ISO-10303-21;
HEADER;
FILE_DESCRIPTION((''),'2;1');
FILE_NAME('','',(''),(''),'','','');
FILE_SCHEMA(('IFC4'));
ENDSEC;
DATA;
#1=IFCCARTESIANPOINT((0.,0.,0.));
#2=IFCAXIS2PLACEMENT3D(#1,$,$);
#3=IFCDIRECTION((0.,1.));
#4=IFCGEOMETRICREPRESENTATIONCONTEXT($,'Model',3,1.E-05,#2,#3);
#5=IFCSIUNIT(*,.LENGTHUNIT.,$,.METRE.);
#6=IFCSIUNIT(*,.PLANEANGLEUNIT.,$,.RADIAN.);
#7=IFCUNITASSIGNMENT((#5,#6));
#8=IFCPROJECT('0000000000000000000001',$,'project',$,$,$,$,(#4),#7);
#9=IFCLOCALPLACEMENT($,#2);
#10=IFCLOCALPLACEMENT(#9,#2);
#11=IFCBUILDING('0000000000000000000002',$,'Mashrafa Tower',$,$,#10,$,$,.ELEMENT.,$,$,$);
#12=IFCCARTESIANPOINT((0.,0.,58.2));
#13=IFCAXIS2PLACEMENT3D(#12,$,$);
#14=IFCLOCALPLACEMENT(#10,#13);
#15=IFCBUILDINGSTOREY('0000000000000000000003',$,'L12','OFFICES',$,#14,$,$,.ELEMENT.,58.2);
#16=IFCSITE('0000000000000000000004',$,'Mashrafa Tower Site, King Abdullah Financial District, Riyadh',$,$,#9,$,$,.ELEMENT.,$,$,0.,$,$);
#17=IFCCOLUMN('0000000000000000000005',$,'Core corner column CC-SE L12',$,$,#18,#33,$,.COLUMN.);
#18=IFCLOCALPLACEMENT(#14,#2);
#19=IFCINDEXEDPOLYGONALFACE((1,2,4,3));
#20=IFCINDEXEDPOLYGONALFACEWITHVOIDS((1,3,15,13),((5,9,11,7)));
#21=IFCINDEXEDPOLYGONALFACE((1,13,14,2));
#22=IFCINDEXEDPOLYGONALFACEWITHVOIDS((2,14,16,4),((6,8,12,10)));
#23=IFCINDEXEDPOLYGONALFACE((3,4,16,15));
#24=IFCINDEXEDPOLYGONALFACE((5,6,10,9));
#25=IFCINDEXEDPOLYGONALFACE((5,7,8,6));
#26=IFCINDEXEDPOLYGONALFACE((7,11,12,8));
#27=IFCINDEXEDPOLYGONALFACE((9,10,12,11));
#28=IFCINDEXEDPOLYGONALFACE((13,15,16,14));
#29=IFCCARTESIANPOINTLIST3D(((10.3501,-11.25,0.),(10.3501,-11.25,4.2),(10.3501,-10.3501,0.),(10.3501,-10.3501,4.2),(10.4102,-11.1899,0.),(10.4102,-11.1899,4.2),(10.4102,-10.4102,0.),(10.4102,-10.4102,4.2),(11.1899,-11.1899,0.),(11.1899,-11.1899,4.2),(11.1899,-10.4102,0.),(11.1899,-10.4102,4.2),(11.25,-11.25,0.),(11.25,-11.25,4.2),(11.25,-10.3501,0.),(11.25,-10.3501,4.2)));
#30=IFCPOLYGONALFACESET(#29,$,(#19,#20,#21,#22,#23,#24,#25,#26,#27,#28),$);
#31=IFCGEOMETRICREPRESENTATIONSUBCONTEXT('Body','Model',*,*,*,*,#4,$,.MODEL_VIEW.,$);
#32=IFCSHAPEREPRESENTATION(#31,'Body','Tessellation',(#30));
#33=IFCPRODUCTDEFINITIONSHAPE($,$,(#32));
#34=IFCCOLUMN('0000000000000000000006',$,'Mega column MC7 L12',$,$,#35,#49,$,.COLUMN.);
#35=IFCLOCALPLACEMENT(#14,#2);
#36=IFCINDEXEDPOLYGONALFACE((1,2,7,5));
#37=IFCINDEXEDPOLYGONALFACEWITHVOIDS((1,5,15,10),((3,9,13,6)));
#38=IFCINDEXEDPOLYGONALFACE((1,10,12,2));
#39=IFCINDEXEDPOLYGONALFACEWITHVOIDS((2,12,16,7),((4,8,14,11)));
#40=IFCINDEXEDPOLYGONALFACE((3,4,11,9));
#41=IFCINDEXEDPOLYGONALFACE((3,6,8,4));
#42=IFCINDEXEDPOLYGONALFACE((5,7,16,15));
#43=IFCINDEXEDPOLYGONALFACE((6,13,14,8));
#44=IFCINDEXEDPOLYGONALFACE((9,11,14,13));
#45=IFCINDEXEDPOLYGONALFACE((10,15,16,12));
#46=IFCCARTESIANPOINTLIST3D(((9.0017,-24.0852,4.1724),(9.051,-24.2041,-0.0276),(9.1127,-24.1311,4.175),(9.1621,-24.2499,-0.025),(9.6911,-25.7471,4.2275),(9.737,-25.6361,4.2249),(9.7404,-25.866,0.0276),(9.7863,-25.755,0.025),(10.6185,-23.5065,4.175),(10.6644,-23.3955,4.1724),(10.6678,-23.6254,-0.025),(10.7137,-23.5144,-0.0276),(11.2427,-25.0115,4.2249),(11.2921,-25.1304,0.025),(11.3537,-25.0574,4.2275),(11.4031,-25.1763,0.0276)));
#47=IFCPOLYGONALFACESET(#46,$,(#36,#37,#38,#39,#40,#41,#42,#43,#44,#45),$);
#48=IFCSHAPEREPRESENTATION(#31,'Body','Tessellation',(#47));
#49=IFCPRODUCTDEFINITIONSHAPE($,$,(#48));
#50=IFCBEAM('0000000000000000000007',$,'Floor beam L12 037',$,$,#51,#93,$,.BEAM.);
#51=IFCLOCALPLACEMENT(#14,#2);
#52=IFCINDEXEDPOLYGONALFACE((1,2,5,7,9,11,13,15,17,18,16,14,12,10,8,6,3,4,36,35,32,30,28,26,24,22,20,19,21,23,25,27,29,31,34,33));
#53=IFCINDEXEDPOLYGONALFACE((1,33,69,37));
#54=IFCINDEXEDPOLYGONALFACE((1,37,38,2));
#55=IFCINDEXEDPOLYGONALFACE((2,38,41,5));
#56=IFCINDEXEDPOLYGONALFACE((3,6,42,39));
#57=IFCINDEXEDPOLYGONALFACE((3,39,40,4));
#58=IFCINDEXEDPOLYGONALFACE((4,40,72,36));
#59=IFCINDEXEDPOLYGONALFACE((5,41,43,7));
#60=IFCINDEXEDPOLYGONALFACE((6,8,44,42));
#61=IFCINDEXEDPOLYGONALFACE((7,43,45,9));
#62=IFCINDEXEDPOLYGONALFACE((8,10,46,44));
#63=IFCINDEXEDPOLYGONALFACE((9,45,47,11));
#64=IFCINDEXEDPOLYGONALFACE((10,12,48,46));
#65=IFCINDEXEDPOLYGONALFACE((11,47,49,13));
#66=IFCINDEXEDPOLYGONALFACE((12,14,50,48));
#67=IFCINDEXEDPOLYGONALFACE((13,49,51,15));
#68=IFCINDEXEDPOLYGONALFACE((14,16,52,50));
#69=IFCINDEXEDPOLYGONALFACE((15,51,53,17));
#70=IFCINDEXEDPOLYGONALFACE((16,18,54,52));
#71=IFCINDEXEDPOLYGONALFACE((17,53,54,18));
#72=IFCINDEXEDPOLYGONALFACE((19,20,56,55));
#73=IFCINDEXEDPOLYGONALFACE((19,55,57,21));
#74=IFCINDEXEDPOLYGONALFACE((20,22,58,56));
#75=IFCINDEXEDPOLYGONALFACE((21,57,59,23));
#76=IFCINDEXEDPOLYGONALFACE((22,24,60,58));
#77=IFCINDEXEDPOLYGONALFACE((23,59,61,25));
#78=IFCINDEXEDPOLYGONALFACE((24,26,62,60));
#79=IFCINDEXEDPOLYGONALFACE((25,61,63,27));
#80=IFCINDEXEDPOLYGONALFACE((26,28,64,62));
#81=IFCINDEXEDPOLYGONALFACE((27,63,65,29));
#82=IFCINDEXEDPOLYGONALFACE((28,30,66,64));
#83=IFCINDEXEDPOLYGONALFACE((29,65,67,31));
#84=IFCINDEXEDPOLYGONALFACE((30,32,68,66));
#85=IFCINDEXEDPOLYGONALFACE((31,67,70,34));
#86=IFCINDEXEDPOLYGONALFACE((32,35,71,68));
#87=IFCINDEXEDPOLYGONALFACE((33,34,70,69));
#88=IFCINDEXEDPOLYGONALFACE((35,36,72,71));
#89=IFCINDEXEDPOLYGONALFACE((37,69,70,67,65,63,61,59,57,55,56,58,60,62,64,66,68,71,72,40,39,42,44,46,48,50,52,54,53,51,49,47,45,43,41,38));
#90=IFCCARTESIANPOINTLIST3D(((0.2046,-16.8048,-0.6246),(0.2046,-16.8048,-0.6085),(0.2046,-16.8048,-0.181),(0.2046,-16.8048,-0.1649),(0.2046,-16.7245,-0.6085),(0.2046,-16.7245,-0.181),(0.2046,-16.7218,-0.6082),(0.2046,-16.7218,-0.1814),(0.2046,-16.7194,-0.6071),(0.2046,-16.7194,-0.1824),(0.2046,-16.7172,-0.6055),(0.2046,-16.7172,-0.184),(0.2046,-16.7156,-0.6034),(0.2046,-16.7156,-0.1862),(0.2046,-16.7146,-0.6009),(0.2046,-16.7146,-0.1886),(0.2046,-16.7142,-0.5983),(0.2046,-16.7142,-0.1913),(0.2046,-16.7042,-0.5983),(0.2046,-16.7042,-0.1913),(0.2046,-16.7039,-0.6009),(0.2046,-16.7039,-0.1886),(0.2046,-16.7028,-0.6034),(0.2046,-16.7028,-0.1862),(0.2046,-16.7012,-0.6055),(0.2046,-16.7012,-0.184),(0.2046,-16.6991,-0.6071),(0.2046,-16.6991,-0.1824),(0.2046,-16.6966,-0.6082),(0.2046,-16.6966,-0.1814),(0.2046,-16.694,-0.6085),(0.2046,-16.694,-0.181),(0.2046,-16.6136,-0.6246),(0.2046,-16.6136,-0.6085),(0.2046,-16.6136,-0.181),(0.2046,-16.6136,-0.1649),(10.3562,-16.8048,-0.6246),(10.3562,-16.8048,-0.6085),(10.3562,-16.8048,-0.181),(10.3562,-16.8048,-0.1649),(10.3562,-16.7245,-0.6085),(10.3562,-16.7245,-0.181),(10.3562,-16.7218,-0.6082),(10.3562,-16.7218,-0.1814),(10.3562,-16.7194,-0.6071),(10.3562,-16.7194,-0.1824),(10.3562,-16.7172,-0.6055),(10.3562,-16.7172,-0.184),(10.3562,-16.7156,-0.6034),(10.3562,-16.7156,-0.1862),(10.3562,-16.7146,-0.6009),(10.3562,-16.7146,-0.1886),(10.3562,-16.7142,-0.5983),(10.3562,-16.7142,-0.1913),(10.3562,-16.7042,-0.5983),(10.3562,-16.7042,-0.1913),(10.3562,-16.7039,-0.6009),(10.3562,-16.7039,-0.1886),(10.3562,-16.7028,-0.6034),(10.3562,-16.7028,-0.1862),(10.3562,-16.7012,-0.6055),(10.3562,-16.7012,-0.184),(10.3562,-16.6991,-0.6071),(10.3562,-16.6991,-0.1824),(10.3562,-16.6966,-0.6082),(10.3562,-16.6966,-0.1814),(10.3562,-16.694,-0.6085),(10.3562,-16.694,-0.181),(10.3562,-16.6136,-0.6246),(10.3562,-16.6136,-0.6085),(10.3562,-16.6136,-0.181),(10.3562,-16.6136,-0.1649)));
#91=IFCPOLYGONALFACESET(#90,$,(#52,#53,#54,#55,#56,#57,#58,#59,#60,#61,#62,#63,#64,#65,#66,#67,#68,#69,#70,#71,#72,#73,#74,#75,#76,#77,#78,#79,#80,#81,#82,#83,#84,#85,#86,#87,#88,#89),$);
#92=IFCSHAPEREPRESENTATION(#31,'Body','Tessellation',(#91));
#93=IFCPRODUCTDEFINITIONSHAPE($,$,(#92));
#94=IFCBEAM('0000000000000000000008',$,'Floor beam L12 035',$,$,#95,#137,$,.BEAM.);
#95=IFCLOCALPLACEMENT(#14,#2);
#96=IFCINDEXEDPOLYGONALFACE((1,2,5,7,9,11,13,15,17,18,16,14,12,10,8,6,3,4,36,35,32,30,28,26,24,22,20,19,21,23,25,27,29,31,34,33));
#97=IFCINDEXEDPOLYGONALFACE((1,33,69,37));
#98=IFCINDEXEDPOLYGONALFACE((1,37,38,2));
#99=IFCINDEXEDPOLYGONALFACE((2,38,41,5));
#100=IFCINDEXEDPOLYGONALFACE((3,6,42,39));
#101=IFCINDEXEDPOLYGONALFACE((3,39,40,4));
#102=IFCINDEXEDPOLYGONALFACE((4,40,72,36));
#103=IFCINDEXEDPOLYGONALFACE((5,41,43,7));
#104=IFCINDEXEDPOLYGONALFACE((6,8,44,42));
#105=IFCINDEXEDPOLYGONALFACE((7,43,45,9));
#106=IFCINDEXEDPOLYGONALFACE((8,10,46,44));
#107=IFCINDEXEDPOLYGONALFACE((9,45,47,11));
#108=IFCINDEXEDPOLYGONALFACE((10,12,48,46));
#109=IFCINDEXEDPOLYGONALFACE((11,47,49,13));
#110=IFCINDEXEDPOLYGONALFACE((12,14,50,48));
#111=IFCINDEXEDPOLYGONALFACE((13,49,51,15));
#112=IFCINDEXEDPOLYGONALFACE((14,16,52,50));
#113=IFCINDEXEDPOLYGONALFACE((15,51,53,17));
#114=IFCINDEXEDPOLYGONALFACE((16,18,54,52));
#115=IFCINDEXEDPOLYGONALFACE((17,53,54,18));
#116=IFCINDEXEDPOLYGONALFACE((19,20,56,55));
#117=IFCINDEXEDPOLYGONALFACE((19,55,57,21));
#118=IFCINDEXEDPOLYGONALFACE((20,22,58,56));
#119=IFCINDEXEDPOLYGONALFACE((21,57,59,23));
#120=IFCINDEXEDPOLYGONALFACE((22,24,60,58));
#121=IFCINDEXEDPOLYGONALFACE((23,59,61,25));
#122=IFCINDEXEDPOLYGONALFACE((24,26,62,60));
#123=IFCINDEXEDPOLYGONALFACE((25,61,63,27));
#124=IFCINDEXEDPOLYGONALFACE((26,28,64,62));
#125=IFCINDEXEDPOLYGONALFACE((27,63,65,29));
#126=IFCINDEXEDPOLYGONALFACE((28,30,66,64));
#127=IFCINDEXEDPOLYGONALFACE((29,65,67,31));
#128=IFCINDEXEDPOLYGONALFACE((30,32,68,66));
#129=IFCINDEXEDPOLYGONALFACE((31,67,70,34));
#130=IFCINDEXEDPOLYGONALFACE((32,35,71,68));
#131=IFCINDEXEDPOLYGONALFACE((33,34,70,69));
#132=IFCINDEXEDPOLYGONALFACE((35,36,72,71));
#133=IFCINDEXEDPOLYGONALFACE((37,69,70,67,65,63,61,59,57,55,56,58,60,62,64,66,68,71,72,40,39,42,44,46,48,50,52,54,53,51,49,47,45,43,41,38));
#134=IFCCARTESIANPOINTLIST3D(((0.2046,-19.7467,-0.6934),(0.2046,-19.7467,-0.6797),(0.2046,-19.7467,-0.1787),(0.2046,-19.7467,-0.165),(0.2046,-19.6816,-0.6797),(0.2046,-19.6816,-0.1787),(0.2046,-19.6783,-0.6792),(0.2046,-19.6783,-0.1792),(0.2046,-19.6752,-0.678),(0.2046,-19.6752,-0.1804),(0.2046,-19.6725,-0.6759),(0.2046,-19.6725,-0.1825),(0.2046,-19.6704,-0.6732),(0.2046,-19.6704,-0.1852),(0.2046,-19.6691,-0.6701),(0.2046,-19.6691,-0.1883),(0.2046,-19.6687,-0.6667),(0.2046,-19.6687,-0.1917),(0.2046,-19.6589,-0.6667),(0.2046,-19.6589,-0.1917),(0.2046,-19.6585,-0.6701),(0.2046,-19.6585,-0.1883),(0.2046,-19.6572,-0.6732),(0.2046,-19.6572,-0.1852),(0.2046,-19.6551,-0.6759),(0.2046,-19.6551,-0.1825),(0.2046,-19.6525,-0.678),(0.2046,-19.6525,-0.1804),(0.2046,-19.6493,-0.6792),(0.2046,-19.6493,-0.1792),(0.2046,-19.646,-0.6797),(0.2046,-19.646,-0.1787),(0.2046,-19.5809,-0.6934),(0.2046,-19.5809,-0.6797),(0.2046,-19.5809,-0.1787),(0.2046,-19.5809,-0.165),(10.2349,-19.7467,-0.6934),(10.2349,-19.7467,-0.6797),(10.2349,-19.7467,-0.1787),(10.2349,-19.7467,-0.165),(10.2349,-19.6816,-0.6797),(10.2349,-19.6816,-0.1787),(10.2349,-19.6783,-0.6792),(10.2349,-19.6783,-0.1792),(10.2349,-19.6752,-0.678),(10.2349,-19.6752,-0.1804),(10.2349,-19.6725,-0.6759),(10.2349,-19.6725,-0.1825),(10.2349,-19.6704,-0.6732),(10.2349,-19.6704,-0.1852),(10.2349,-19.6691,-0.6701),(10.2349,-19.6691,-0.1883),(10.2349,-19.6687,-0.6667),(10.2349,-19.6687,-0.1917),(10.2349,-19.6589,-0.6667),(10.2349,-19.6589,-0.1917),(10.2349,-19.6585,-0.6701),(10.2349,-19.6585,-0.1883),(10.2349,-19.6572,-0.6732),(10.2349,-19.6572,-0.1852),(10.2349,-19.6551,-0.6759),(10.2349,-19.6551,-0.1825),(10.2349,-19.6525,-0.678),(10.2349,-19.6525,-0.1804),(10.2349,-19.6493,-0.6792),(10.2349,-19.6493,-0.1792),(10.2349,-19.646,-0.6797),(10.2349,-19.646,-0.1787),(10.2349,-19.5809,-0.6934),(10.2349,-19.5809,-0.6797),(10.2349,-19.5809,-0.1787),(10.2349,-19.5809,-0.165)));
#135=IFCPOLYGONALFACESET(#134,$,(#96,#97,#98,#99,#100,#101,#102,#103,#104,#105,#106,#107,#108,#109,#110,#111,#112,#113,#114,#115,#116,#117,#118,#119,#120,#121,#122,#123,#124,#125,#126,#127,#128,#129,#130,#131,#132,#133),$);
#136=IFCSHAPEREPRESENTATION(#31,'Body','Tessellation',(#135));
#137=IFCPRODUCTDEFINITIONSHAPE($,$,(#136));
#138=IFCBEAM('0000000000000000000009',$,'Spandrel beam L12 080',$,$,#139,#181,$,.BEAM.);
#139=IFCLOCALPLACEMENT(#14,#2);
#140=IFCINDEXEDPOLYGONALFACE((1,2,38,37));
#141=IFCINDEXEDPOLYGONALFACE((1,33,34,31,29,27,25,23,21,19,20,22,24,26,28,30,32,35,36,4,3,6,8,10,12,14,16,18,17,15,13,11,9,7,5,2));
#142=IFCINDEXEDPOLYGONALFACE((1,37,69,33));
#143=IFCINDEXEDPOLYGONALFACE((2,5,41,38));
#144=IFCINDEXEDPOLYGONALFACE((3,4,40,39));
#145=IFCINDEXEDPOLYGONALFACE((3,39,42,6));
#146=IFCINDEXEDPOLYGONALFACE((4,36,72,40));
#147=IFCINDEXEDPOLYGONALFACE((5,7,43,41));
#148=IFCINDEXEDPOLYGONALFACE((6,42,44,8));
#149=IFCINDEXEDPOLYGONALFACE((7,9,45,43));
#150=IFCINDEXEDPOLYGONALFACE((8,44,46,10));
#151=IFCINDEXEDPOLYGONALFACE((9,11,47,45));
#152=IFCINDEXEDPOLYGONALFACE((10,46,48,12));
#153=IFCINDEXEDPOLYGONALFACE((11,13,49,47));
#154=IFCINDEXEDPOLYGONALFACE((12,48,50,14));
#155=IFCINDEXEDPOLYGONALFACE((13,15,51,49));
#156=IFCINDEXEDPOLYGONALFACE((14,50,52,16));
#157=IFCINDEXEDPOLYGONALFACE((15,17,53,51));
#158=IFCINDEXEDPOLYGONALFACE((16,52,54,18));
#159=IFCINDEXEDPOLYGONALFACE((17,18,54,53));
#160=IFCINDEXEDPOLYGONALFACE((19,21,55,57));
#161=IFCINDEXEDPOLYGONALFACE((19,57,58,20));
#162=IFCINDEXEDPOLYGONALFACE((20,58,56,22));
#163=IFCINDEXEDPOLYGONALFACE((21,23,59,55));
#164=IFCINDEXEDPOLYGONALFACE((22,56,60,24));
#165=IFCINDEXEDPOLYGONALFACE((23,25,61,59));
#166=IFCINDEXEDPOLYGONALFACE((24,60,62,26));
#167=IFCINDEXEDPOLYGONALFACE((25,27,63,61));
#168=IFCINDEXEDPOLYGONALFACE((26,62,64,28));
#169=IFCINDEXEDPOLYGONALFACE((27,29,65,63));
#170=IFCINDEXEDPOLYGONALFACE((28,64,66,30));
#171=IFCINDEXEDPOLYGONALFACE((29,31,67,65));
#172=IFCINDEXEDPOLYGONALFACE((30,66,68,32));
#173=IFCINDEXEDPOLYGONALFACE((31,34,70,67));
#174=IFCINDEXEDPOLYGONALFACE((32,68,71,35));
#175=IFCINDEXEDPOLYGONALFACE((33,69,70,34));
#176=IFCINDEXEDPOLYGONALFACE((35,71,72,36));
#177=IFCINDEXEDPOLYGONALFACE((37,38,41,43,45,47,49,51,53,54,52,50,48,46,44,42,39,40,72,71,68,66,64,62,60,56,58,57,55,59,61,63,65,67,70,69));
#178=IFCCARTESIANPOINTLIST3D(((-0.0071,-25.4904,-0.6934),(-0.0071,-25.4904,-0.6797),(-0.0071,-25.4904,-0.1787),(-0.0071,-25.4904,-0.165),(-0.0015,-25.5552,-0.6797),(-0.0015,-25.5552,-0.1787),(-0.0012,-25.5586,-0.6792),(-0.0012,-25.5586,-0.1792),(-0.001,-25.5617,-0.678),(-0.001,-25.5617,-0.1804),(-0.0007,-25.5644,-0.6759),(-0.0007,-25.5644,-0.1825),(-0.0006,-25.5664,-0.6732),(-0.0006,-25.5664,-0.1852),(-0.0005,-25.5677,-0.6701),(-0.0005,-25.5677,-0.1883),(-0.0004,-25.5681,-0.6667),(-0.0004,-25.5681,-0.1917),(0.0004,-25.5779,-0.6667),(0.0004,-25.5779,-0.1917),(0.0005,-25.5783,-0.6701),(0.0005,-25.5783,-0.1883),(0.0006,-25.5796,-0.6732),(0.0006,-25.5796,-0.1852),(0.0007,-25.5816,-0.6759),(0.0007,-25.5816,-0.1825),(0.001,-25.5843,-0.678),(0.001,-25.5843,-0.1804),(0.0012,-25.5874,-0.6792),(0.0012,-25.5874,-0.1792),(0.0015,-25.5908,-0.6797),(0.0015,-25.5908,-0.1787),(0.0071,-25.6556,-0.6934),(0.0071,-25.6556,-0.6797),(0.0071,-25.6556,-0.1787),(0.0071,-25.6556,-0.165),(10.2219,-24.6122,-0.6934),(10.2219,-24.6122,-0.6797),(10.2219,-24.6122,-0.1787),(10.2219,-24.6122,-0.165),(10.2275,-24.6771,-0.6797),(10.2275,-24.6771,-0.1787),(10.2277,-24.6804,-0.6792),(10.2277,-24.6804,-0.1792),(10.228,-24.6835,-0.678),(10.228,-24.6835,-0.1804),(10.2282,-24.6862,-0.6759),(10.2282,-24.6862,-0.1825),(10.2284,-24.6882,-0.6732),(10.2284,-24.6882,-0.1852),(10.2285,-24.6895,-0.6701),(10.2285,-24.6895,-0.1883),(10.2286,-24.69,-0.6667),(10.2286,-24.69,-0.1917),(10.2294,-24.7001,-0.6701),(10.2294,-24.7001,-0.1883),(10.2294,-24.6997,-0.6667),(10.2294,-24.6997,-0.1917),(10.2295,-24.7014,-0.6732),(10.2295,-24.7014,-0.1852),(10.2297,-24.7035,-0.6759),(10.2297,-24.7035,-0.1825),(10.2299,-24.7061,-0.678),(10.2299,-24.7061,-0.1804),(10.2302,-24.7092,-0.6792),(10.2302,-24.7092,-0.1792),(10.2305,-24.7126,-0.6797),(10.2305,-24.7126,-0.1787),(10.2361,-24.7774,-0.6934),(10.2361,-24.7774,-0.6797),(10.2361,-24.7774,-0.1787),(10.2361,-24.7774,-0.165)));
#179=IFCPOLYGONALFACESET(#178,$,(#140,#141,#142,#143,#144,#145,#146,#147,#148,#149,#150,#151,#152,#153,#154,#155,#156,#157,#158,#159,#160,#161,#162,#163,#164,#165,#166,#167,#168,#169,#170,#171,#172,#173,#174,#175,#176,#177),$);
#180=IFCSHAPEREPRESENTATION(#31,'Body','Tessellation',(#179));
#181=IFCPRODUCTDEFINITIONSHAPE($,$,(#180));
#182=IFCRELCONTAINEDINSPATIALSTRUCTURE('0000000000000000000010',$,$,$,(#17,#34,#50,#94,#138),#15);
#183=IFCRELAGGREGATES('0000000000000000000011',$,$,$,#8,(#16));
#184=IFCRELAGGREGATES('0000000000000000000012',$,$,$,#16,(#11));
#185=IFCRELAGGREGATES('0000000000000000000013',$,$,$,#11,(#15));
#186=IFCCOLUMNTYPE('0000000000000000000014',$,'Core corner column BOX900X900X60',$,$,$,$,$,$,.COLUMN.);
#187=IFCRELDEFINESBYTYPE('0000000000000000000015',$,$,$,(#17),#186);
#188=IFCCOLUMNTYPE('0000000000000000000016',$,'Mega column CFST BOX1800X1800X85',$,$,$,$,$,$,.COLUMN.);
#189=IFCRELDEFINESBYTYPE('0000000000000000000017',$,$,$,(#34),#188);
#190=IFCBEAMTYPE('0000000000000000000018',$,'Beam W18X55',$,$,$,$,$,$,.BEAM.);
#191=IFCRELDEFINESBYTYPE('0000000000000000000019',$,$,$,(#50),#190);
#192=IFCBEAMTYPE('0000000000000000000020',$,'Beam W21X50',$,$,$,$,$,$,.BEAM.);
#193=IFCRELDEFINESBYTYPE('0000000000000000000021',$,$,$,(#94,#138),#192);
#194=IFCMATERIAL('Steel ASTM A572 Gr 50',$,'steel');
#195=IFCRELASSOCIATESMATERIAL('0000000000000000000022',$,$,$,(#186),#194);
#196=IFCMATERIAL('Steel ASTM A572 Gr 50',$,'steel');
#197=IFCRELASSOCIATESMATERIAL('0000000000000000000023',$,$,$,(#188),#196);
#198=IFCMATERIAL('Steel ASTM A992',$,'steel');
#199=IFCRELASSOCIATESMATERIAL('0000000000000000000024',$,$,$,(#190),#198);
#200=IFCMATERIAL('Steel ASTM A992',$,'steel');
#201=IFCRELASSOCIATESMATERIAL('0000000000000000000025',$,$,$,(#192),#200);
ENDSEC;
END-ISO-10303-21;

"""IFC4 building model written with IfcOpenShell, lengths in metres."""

from ifc_helpers import new_model, si_unit, direction, frame, origin, origin_2d, place, context, subcontext, project, spatial, hollow_rectangle, i_section, extrude, material, material_profile, profile_set, type_object, element, save


model = new_model("IFC4")

# Units and contexts
model_context = context("Model", 3, precision=1e-05, world=origin(), true_north=direction((0.0, 1.0)))
body_context = subcontext(model_context, "Body", "Model", "MODEL_VIEW")
ifc_project = project(units=[si_unit("LENGTHUNIT", "METRE"), si_unit("PLANEANGLEUNIT", "RADIAN")], contexts=[model_context])

# Site, building, storey
site_placement = place(None, origin())
site = spatial("IfcSite", under=ifc_project, at=site_placement, Name="Mashrafa Tower Site, King Abdullah Financial District, Riyadh", CompositionType="ELEMENT", RefElevation=0.0)
building_placement = place(site_placement, origin())
building = spatial("IfcBuilding", under=site, at=building_placement, Name="Mashrafa Tower", CompositionType="ELEMENT")
storey_placement = place(building_placement, frame((0.0, 0.0, 58.2)))
storey = spatial("IfcBuildingStorey", under=building, at=storey_placement, Name="L12", Description="OFFICES", CompositionType="ELEMENT", Elevation=58.2)

# Columns
ifc_material_1 = material(Name="Steel ASTM A572 Gr 50", Category="steel")
ifc_material_profile_1 = material_profile(ifc_material_1, hollow_rectangle(XDim=0.8999, YDim=0.8999, WallThickness=0.0601, at=origin_2d()), Name="BOX900X900X60")
ifc_profile_set_1 = profile_set([ifc_material_profile_1], Name="Steel ASTM A572 Gr 50")
column_type_1 = type_object("IfcColumnType", Name="Core corner column BOX900X900X60", PredefinedType="COLUMN", material=ifc_profile_set_1)
column_1_placement = place(storey_placement, frame((10.8, -10.8, 0.0), z_axis=(0.0, 0.0, 1.0), x_axis=(1.0, 0.0, 0.0)))
element("IfcColumn", 1, at=column_1_placement, inside=storey, type_object=column_type_1, Name="Core corner column CC-SE L12", PredefinedType="COLUMN", context=body_context, shape_type="SweptSolid", body=[
    extrude(hollow_rectangle(XDim=0.8999, YDim=0.8999, WallThickness=0.0601, at=origin_2d()), origin(), (0.0, 0.0, 1.0), 4.2),
])
ifc_material_2 = material(Name="Steel ASTM A572 Gr 50", Category="steel")
ifc_material_profile_2 = material_profile(ifc_material_2, hollow_rectangle(XDim=1.8, YDim=1.8, WallThickness=0.085, at=origin_2d()), Name="BOX1800X1800X85")
ifc_profile_set_2 = profile_set([ifc_material_profile_2], Name="Steel ASTM A572 Gr 50")
column_type_2 = type_object("IfcColumnType", Name="Mega column CFST BOX1800X1800X85", PredefinedType="COLUMN", material=ifc_profile_set_2)
column_2_placement = place(storey_placement, frame((10.2271, -24.6902, 0.0), z_axis=(-0.011737, 0.028296, 0.999531), x_axis=(-0.923693, -0.383133, 0.0)))
element("IfcColumn", 2, at=column_2_placement, inside=storey, type_object=column_type_2, Name="Mega column MC7 L12", PredefinedType="COLUMN", context=body_context, shape_type="SweptSolid", body=[
    extrude(hollow_rectangle(XDim=1.8, YDim=1.8, WallThickness=0.085, at=origin_2d()), origin(), (0.0, 0.0, 1.0), 4.2019),
])

# Beams
ifc_material_3 = material(Name="Steel ASTM A992", Category="steel")
ifc_material_profile_3 = material_profile(ifc_material_3, i_section(OverallWidth=0.1912, OverallDepth=0.4597, WebThickness=0.01, FlangeThickness=0.0161, FilletRadius=0.0103, at=origin_2d()), Name="W18X55")
ifc_profile_set_3 = profile_set([ifc_material_profile_3], Name="Steel ASTM A992")
beam_type_1 = type_object("IfcBeamType", Name="Beam W18X55", PredefinedType="BEAM", material=ifc_profile_set_3)
beam_1_placement = place(storey_placement, frame((10.3562, -16.7092, -0.3948), z_axis=(-1.0, 0.0, 0.0), x_axis=(0.0, -1.0, 0.0)))
element("IfcBeam", 3, at=beam_1_placement, inside=storey, type_object=beam_type_1, Name="Floor beam L12 037", PredefinedType="BEAM", context=body_context, shape_type="SweptSolid", body=[
    extrude(i_section(OverallWidth=0.1912, OverallDepth=0.4597, WebThickness=0.01, FlangeThickness=0.0161, FilletRadius=0.0103, at=origin_2d()), origin(), (0.0, 0.0, 1.0), 10.1516),
])
ifc_material_4 = material(Name="Steel ASTM A992", Category="steel")
ifc_material_profile_4 = material_profile(ifc_material_4, i_section(OverallWidth=0.1658, OverallDepth=0.5283, WebThickness=0.0098, FlangeThickness=0.0137, FilletRadius=0.0129, at=origin_2d()), Name="W21X50")
ifc_profile_set_4 = profile_set([ifc_material_profile_4], Name="Steel ASTM A992")
beam_type_2 = type_object("IfcBeamType", Name="Beam W21X50", PredefinedType="BEAM", material=ifc_profile_set_4)
beam_2_placement = place(storey_placement, frame((10.2349, -19.6638, -0.4292), z_axis=(-1.0, 0.0, 0.0), x_axis=(0.0, -1.0, 0.0)))
element("IfcBeam", 4, at=beam_2_placement, inside=storey, type_object=beam_type_2, Name="Floor beam L12 035", PredefinedType="BEAM", context=body_context, shape_type="SweptSolid", body=[
    extrude(i_section(OverallWidth=0.1658, OverallDepth=0.5283, WebThickness=0.0098, FlangeThickness=0.0137, FilletRadius=0.0129, at=origin_2d()), origin(), (0.0, 0.0, 1.0), 10.0303),
])
for number, where, z_axis, x_axis, name in (
    (5, (0.0, -25.573, -0.4292), (0.996335, 0.085537, 0.0), (-0.085537, 0.996335, 0.0), "Spandrel beam L12 080"),
):
    element("IfcBeam", number, at=place(storey_placement, frame(where, z_axis=z_axis, x_axis=x_axis)), inside=storey, type_object=beam_type_2, Name=name, PredefinedType="BEAM", context=body_context, shape_type="SweptSolid", body=[
        extrude(i_section(OverallWidth=0.1658, OverallDepth=0.5283, WebThickness=0.0098, FlangeThickness=0.0137, FilletRadius=0.0129, at=origin_2d()), origin(), (0.0, 0.0, 1.0), 10.2666),
    ])

save(model, "model.ifc")
